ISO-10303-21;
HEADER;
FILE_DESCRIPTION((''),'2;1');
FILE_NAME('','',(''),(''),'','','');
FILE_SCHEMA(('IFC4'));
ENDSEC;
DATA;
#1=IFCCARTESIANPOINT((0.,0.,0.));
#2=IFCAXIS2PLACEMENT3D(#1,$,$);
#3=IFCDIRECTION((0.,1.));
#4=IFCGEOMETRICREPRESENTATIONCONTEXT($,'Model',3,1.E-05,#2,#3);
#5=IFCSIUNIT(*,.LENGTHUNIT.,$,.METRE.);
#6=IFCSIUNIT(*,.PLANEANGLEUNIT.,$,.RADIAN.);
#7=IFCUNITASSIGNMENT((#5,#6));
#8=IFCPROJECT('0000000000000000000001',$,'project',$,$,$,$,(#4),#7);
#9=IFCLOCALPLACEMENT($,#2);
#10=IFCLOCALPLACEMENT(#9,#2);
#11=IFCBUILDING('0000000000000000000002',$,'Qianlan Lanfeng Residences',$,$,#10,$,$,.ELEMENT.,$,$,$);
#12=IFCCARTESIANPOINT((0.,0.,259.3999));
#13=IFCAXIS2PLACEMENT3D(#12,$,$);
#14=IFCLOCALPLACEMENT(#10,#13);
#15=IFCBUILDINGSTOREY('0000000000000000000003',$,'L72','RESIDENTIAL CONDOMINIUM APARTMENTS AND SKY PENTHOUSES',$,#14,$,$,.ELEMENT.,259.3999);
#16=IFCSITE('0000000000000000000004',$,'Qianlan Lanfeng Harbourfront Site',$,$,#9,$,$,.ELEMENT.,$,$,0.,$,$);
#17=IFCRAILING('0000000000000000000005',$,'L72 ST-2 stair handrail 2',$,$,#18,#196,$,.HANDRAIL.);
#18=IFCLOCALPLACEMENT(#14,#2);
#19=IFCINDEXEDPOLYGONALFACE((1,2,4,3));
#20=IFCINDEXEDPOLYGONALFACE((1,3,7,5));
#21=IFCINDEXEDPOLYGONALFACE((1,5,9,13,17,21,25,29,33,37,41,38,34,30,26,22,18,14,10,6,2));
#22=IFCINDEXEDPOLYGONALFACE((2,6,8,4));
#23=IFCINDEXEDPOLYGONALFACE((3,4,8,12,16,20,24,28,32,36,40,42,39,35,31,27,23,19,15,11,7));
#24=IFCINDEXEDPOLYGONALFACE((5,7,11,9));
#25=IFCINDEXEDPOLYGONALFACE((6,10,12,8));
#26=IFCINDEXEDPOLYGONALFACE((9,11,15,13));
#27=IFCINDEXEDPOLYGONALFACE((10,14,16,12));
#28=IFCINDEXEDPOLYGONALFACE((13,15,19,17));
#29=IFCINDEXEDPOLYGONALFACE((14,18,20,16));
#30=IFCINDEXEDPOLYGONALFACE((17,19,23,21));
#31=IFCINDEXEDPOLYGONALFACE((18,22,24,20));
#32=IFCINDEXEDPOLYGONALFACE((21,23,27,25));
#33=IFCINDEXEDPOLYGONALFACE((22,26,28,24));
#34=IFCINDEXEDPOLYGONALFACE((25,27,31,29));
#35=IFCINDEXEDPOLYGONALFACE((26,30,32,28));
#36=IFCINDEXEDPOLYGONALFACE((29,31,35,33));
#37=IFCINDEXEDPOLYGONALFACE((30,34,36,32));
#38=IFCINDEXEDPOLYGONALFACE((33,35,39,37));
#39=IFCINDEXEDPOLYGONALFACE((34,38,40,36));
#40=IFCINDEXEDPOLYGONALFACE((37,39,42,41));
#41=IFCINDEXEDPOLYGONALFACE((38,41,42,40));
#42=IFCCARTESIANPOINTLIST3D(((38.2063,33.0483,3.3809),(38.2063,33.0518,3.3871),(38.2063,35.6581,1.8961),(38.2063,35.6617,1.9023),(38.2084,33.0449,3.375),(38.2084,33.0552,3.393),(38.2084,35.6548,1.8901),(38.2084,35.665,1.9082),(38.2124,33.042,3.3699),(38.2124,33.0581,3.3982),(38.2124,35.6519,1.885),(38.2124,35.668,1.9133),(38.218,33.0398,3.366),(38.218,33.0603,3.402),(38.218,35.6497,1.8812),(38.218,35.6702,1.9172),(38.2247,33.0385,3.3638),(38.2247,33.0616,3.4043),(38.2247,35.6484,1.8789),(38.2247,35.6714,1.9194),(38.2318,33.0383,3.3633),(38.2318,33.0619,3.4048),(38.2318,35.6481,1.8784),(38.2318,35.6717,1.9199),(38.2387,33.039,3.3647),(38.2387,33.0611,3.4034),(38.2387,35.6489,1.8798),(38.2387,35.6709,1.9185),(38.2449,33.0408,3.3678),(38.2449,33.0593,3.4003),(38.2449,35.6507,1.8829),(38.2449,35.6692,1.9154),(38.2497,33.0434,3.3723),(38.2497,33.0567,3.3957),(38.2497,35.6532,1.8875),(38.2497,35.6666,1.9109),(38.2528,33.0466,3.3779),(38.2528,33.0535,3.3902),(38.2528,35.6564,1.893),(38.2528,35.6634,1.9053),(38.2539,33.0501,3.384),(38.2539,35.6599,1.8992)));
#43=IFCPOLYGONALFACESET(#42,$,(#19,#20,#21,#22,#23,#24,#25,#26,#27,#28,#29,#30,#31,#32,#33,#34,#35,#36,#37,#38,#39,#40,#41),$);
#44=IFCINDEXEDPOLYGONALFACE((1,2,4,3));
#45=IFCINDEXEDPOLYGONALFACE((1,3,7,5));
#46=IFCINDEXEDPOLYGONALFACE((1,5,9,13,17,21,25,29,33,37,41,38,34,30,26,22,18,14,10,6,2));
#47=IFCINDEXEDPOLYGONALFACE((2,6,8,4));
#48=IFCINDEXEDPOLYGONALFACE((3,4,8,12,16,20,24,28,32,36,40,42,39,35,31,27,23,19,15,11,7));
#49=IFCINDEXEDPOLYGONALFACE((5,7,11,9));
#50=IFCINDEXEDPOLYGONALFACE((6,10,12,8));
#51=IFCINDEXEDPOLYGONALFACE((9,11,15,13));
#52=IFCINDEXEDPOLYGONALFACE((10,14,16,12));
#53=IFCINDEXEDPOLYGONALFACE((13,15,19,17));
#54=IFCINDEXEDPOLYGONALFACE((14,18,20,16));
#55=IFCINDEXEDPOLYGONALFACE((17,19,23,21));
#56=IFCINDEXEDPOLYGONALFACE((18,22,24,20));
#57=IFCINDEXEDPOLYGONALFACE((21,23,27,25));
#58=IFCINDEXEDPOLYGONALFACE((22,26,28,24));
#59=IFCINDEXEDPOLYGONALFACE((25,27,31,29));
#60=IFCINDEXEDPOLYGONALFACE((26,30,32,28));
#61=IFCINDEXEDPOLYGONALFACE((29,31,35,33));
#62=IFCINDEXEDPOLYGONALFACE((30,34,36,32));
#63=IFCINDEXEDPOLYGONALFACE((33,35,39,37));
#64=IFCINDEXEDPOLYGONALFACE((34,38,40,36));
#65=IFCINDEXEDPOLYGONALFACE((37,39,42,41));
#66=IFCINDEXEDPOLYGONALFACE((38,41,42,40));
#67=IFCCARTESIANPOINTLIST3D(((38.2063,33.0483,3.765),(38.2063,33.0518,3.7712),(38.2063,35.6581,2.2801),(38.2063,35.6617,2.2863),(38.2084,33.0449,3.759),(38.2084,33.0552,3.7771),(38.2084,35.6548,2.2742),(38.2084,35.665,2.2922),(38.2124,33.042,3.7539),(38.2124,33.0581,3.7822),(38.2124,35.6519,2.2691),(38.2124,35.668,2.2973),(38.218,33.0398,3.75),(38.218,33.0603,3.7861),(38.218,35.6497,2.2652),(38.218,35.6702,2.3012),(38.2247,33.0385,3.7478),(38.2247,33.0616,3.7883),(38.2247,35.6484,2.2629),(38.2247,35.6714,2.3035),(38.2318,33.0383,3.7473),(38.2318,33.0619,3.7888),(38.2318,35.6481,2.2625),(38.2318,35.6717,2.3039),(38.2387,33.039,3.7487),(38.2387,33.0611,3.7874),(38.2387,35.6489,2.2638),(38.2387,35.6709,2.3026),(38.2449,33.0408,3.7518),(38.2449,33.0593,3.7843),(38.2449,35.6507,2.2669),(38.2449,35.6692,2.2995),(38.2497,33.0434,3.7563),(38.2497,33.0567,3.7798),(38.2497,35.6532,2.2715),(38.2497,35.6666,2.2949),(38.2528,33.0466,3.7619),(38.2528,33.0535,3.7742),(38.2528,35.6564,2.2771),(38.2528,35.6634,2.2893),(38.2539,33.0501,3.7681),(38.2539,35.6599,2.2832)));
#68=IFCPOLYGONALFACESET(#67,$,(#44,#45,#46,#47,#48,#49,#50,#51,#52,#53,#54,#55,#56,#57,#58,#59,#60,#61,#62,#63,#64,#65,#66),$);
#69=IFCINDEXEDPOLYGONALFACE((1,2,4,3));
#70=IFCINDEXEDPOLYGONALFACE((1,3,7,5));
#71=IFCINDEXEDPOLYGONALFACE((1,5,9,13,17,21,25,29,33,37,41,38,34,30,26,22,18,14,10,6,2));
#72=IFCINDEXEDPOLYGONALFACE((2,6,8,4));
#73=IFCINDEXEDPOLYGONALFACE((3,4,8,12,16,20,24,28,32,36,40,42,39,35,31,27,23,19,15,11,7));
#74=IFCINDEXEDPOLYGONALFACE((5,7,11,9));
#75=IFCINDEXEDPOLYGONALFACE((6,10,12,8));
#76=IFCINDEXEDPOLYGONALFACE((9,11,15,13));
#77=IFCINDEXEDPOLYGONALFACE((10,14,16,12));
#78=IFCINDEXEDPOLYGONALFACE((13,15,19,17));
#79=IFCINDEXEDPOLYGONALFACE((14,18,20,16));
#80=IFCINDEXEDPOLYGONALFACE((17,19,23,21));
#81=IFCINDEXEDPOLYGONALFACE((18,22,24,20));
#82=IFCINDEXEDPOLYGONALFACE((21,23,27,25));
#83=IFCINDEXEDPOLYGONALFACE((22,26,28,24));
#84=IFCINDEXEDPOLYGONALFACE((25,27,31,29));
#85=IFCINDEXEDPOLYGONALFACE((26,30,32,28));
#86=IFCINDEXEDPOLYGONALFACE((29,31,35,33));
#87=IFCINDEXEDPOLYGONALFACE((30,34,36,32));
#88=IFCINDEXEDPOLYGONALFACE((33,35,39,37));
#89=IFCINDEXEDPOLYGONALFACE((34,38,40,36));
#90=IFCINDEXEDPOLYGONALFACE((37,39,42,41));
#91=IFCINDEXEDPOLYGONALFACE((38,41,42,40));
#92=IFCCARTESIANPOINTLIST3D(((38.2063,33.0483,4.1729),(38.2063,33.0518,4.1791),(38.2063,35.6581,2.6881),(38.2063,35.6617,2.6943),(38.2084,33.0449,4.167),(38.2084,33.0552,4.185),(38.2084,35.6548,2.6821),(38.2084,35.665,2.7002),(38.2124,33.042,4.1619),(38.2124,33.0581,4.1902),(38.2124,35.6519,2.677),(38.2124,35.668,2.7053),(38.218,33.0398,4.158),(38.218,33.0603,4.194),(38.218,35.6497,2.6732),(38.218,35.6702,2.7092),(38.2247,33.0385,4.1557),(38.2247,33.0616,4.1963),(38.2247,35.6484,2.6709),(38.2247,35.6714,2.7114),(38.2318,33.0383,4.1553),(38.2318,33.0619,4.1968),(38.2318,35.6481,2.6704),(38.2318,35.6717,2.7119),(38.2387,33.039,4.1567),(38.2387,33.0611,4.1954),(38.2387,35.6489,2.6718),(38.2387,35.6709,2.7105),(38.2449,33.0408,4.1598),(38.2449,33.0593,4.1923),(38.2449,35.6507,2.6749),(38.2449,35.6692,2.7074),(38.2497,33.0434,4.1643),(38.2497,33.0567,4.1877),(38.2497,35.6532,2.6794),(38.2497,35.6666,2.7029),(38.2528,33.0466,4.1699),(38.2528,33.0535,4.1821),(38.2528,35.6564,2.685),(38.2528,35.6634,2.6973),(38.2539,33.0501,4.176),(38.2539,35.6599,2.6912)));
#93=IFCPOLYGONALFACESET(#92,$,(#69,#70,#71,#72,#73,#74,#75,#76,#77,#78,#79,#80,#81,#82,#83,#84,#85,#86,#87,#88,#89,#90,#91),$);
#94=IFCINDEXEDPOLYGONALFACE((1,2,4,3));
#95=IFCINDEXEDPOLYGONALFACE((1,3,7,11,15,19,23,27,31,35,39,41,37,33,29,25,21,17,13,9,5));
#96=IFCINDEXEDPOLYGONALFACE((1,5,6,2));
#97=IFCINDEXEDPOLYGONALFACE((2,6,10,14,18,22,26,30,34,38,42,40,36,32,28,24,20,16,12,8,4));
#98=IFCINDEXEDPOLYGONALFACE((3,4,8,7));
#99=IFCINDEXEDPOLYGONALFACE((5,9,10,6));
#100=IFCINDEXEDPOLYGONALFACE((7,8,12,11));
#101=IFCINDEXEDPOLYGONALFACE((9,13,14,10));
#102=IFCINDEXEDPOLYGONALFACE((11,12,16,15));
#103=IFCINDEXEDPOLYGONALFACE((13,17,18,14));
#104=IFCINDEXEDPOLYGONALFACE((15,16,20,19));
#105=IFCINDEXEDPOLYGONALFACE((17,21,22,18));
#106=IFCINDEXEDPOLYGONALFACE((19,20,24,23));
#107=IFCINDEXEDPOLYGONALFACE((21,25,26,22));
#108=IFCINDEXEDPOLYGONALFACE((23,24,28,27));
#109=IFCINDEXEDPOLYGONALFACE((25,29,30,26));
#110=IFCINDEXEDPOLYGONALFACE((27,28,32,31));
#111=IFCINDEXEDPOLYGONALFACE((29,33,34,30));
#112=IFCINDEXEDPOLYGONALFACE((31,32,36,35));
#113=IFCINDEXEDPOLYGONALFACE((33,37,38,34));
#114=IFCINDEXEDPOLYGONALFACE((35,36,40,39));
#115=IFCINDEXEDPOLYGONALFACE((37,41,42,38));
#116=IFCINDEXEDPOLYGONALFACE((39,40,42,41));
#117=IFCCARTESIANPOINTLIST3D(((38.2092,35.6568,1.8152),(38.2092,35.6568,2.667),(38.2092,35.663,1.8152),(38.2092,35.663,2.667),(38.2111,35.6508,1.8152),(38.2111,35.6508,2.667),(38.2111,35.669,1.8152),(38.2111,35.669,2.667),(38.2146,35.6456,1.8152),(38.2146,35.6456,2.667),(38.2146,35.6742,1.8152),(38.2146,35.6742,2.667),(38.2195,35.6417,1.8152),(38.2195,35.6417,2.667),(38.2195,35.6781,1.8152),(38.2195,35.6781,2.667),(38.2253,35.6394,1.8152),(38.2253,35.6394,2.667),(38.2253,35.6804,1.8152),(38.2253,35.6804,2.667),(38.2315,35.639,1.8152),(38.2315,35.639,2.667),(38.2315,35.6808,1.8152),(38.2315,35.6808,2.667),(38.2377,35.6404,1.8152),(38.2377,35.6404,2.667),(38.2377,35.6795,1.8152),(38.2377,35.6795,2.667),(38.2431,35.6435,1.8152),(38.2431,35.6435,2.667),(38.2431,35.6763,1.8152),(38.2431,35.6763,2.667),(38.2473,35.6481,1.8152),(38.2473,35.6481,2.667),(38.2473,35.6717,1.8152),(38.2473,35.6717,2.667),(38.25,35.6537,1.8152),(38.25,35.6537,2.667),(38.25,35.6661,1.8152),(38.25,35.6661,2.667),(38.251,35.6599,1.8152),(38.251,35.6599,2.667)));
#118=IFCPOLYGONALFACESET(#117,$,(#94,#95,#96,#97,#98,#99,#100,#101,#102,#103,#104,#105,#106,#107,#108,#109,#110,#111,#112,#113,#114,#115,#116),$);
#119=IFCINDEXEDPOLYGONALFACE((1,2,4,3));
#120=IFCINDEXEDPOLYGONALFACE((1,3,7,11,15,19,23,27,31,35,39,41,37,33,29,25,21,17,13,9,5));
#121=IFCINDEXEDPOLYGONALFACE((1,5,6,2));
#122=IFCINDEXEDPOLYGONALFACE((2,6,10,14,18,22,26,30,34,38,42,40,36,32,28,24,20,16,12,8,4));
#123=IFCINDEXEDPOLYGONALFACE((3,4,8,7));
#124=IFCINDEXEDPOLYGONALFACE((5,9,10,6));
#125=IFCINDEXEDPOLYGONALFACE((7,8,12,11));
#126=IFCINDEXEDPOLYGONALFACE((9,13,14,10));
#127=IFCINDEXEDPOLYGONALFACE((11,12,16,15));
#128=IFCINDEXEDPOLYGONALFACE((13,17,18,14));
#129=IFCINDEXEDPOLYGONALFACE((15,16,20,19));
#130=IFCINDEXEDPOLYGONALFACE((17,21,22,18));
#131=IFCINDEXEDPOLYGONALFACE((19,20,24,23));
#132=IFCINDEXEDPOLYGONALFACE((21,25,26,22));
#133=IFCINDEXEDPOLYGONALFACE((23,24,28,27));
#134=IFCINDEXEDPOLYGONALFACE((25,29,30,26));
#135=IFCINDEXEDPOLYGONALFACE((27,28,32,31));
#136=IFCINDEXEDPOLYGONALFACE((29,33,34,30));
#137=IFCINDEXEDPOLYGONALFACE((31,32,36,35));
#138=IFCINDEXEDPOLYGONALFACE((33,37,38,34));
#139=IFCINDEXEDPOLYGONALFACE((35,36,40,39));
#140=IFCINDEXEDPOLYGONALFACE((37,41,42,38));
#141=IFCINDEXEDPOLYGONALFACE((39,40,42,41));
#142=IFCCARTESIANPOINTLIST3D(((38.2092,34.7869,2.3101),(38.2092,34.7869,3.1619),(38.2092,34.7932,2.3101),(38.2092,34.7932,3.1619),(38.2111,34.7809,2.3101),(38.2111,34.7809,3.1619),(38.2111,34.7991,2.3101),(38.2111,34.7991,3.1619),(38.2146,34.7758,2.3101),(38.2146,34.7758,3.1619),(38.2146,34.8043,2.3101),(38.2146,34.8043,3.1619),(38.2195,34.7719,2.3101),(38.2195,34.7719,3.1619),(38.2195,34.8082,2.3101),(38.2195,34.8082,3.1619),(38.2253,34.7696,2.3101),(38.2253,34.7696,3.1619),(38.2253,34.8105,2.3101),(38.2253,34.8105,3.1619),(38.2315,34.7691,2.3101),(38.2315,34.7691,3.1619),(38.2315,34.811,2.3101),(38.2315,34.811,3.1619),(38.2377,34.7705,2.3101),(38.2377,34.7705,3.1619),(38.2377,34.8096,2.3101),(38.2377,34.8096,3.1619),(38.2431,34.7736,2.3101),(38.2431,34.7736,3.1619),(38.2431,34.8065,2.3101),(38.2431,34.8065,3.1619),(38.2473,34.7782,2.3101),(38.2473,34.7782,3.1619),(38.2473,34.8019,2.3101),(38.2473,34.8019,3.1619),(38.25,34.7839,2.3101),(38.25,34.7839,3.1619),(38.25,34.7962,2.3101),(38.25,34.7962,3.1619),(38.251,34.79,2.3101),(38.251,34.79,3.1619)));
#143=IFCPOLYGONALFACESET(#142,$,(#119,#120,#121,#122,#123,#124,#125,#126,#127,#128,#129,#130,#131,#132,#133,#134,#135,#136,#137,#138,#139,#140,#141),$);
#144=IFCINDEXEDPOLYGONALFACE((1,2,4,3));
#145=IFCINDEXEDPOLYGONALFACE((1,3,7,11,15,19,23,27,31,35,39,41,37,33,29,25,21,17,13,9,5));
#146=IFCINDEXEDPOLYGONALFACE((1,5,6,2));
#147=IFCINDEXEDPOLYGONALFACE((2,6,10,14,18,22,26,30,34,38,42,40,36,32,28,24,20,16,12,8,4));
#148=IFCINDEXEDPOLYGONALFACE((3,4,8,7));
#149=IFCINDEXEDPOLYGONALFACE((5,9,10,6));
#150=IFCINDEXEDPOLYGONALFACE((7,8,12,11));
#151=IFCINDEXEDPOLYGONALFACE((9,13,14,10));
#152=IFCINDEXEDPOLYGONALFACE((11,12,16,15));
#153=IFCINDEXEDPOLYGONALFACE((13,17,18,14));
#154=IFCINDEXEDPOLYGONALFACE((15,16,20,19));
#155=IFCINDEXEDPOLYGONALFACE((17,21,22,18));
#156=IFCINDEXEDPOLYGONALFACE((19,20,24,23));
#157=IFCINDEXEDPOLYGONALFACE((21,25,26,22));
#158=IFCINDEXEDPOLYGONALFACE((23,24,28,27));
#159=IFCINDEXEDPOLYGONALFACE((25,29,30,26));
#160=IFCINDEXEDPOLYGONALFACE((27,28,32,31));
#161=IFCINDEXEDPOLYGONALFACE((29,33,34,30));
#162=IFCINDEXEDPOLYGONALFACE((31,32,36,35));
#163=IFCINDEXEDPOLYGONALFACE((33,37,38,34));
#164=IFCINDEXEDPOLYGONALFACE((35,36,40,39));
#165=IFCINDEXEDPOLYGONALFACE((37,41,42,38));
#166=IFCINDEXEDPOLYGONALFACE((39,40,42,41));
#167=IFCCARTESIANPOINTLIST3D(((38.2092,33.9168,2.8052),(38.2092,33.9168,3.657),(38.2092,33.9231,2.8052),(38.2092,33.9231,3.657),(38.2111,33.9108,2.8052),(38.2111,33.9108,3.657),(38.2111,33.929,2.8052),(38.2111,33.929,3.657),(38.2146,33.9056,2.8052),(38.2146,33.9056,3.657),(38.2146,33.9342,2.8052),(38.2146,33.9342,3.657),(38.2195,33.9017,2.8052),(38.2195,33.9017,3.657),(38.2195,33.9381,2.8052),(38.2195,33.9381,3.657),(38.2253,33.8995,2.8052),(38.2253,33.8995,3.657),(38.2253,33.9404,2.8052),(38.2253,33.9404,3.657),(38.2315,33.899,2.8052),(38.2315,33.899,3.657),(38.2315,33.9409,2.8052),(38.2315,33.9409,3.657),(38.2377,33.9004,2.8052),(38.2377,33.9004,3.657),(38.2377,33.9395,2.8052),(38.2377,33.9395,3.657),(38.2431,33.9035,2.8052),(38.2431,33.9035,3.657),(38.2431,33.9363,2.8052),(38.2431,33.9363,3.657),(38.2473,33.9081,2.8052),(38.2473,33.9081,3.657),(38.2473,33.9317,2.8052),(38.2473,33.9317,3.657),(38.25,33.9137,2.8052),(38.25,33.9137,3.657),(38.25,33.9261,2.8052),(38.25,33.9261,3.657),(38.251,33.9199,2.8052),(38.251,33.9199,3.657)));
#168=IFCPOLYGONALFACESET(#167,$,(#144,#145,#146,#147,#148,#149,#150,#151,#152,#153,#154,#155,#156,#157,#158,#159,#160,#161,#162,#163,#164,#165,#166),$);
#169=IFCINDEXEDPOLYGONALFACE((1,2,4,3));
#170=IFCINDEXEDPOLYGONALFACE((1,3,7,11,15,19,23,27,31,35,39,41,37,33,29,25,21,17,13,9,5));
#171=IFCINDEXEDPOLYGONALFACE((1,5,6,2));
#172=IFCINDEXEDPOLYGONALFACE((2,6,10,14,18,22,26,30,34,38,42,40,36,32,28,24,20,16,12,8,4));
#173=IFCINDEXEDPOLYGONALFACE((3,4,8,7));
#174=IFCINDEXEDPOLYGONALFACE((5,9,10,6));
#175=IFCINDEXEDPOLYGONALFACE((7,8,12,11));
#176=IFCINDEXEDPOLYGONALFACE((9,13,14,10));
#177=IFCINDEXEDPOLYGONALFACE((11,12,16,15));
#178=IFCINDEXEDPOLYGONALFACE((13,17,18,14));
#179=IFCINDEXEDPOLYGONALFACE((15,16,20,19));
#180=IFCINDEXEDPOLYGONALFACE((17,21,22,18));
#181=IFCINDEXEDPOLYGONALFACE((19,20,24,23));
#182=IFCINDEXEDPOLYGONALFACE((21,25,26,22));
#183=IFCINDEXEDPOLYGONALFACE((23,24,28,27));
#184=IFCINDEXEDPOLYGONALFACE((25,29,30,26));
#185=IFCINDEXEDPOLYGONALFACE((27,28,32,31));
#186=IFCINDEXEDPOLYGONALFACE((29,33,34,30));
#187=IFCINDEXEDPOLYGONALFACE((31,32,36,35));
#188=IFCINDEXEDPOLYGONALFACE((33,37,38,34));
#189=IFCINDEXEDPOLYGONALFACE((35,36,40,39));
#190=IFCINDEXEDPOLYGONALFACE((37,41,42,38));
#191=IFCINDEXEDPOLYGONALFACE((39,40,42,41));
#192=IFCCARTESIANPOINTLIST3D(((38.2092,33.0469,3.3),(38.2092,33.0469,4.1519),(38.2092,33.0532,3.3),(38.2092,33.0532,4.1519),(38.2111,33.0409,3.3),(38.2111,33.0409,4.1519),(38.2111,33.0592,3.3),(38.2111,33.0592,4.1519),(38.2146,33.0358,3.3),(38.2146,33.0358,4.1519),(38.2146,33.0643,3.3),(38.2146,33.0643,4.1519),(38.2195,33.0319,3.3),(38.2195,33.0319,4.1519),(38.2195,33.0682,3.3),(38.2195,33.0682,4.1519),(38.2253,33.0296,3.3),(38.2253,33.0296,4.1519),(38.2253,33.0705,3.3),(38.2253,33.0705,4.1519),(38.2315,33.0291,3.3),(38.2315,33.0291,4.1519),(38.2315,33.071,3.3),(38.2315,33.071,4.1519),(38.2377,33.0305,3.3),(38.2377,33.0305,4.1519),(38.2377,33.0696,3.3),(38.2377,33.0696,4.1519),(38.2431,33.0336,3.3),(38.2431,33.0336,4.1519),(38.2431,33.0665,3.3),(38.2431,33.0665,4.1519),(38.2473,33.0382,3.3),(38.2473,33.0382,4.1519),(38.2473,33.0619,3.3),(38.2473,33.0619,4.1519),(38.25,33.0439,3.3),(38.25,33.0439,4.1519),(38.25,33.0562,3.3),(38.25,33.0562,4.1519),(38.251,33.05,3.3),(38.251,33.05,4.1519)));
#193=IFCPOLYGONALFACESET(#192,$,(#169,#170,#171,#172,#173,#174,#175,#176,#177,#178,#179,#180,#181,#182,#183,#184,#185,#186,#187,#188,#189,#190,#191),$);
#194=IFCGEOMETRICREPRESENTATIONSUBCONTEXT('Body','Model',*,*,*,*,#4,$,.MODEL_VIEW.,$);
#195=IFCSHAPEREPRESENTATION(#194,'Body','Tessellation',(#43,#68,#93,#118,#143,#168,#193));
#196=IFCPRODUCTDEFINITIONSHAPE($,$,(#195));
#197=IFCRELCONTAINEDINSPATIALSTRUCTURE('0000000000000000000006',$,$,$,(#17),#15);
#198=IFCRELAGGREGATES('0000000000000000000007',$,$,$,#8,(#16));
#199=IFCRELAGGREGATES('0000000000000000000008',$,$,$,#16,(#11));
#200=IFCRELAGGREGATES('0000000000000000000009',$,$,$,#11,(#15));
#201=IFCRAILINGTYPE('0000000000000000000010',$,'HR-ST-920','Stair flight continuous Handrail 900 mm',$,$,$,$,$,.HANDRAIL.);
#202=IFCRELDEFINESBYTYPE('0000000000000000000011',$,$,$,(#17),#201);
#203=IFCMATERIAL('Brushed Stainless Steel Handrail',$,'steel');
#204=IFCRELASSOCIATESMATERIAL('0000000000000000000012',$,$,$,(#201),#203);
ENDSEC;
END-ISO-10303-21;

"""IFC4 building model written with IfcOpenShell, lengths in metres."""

from ifc_helpers import new_model, si_unit, direction, frame, origin, origin_2d, place, context, subcontext, project, spatial, circle, extrude, material, type_object, element, save


model = new_model("IFC4")

# Units and contexts
model_context = context("Model", 3, precision=1e-05, world=origin(), true_north=direction((0.0, 1.0)))
body_context = subcontext(model_context, "Body", "Model", "MODEL_VIEW")
ifc_project = project(units=[si_unit("LENGTHUNIT", "METRE"), si_unit("PLANEANGLEUNIT", "RADIAN")], contexts=[model_context])

# Site, building, storey
site_placement = place(None, origin())
site = spatial("IfcSite", under=ifc_project, at=site_placement, Name="Qianlan Lanfeng Harbourfront Site", CompositionType="ELEMENT", RefElevation=0.0)
building_placement = place(site_placement, origin())
building = spatial("IfcBuilding", under=site, at=building_placement, Name="Qianlan Lanfeng Residences", CompositionType="ELEMENT")
storey_placement = place(building_placement, frame((0.0, 0.0, 259.3999)))
storey = spatial("IfcBuildingStorey", under=building, at=storey_placement, Name="L72", Description="RESIDENTIAL CONDOMINIUM APARTMENTS AND SKY PENTHOUSES", CompositionType="ELEMENT", Elevation=259.3999)

# Railing
ifc_material_1 = material(Name="Brushed Stainless Steel Handrail", Category="steel")
railing_type_1 = type_object("IfcRailingType", Name="HR-ST-920", Description="Stair flight continuous Handrail 900 mm", PredefinedType="HANDRAIL", material=ifc_material_1)
railing_1_placement = place(storey_placement, frame((38.23, 35.6599, 1.8152)))
element("IfcRailing", 1, at=railing_1_placement, inside=storey, type_object=railing_type_1, Name="L72 ST-2 stair handrail 2", PredefinedType="HANDRAIL", context=body_context, shape_type="SweptSolid", body=[
    extrude(circle(Radius=0.0239, at=origin_2d()), frame((0.0, 0.0, 0.084), z_axis=(0.0, -0.869172, 0.494509), x_axis=(1.0, 0.0, 0.0)), (0.0, 0.0, 1.0), 3.0027),
    extrude(circle(Radius=0.0239, at=origin_2d()), frame((0.0, 0.0, 0.468), z_axis=(0.0, -0.869172, 0.494509), x_axis=(1.0, 0.0, 0.0)), (0.0, 0.0, 1.0), 3.0027),
    extrude(circle(Radius=0.0239, at=origin_2d()), frame((0.0, 0.0, 0.876), z_axis=(0.0, -0.869172, 0.494509), x_axis=(1.0, 0.0, 0.0)), (0.0, 0.0, 1.0), 3.0027),
    extrude(circle(Radius=0.021, at=origin_2d()), origin(), (0.0, 0.0, 1.0), 0.8518),
    extrude(circle(Radius=0.021, at=origin_2d()), frame((0.0, -0.8699, 0.4949)), (0.0, 0.0, 1.0), 0.8518),
    extrude(circle(Radius=0.021, at=origin_2d()), frame((0.0, -1.74, 0.99)), (0.0, 0.0, 1.0), 0.8518),
    extrude(circle(Radius=0.021, at=origin_2d()), frame((0.0, -2.6099, 1.4849)), (0.0, 0.0, 1.0), 0.8518),
])

save(model, "model.ifc")
